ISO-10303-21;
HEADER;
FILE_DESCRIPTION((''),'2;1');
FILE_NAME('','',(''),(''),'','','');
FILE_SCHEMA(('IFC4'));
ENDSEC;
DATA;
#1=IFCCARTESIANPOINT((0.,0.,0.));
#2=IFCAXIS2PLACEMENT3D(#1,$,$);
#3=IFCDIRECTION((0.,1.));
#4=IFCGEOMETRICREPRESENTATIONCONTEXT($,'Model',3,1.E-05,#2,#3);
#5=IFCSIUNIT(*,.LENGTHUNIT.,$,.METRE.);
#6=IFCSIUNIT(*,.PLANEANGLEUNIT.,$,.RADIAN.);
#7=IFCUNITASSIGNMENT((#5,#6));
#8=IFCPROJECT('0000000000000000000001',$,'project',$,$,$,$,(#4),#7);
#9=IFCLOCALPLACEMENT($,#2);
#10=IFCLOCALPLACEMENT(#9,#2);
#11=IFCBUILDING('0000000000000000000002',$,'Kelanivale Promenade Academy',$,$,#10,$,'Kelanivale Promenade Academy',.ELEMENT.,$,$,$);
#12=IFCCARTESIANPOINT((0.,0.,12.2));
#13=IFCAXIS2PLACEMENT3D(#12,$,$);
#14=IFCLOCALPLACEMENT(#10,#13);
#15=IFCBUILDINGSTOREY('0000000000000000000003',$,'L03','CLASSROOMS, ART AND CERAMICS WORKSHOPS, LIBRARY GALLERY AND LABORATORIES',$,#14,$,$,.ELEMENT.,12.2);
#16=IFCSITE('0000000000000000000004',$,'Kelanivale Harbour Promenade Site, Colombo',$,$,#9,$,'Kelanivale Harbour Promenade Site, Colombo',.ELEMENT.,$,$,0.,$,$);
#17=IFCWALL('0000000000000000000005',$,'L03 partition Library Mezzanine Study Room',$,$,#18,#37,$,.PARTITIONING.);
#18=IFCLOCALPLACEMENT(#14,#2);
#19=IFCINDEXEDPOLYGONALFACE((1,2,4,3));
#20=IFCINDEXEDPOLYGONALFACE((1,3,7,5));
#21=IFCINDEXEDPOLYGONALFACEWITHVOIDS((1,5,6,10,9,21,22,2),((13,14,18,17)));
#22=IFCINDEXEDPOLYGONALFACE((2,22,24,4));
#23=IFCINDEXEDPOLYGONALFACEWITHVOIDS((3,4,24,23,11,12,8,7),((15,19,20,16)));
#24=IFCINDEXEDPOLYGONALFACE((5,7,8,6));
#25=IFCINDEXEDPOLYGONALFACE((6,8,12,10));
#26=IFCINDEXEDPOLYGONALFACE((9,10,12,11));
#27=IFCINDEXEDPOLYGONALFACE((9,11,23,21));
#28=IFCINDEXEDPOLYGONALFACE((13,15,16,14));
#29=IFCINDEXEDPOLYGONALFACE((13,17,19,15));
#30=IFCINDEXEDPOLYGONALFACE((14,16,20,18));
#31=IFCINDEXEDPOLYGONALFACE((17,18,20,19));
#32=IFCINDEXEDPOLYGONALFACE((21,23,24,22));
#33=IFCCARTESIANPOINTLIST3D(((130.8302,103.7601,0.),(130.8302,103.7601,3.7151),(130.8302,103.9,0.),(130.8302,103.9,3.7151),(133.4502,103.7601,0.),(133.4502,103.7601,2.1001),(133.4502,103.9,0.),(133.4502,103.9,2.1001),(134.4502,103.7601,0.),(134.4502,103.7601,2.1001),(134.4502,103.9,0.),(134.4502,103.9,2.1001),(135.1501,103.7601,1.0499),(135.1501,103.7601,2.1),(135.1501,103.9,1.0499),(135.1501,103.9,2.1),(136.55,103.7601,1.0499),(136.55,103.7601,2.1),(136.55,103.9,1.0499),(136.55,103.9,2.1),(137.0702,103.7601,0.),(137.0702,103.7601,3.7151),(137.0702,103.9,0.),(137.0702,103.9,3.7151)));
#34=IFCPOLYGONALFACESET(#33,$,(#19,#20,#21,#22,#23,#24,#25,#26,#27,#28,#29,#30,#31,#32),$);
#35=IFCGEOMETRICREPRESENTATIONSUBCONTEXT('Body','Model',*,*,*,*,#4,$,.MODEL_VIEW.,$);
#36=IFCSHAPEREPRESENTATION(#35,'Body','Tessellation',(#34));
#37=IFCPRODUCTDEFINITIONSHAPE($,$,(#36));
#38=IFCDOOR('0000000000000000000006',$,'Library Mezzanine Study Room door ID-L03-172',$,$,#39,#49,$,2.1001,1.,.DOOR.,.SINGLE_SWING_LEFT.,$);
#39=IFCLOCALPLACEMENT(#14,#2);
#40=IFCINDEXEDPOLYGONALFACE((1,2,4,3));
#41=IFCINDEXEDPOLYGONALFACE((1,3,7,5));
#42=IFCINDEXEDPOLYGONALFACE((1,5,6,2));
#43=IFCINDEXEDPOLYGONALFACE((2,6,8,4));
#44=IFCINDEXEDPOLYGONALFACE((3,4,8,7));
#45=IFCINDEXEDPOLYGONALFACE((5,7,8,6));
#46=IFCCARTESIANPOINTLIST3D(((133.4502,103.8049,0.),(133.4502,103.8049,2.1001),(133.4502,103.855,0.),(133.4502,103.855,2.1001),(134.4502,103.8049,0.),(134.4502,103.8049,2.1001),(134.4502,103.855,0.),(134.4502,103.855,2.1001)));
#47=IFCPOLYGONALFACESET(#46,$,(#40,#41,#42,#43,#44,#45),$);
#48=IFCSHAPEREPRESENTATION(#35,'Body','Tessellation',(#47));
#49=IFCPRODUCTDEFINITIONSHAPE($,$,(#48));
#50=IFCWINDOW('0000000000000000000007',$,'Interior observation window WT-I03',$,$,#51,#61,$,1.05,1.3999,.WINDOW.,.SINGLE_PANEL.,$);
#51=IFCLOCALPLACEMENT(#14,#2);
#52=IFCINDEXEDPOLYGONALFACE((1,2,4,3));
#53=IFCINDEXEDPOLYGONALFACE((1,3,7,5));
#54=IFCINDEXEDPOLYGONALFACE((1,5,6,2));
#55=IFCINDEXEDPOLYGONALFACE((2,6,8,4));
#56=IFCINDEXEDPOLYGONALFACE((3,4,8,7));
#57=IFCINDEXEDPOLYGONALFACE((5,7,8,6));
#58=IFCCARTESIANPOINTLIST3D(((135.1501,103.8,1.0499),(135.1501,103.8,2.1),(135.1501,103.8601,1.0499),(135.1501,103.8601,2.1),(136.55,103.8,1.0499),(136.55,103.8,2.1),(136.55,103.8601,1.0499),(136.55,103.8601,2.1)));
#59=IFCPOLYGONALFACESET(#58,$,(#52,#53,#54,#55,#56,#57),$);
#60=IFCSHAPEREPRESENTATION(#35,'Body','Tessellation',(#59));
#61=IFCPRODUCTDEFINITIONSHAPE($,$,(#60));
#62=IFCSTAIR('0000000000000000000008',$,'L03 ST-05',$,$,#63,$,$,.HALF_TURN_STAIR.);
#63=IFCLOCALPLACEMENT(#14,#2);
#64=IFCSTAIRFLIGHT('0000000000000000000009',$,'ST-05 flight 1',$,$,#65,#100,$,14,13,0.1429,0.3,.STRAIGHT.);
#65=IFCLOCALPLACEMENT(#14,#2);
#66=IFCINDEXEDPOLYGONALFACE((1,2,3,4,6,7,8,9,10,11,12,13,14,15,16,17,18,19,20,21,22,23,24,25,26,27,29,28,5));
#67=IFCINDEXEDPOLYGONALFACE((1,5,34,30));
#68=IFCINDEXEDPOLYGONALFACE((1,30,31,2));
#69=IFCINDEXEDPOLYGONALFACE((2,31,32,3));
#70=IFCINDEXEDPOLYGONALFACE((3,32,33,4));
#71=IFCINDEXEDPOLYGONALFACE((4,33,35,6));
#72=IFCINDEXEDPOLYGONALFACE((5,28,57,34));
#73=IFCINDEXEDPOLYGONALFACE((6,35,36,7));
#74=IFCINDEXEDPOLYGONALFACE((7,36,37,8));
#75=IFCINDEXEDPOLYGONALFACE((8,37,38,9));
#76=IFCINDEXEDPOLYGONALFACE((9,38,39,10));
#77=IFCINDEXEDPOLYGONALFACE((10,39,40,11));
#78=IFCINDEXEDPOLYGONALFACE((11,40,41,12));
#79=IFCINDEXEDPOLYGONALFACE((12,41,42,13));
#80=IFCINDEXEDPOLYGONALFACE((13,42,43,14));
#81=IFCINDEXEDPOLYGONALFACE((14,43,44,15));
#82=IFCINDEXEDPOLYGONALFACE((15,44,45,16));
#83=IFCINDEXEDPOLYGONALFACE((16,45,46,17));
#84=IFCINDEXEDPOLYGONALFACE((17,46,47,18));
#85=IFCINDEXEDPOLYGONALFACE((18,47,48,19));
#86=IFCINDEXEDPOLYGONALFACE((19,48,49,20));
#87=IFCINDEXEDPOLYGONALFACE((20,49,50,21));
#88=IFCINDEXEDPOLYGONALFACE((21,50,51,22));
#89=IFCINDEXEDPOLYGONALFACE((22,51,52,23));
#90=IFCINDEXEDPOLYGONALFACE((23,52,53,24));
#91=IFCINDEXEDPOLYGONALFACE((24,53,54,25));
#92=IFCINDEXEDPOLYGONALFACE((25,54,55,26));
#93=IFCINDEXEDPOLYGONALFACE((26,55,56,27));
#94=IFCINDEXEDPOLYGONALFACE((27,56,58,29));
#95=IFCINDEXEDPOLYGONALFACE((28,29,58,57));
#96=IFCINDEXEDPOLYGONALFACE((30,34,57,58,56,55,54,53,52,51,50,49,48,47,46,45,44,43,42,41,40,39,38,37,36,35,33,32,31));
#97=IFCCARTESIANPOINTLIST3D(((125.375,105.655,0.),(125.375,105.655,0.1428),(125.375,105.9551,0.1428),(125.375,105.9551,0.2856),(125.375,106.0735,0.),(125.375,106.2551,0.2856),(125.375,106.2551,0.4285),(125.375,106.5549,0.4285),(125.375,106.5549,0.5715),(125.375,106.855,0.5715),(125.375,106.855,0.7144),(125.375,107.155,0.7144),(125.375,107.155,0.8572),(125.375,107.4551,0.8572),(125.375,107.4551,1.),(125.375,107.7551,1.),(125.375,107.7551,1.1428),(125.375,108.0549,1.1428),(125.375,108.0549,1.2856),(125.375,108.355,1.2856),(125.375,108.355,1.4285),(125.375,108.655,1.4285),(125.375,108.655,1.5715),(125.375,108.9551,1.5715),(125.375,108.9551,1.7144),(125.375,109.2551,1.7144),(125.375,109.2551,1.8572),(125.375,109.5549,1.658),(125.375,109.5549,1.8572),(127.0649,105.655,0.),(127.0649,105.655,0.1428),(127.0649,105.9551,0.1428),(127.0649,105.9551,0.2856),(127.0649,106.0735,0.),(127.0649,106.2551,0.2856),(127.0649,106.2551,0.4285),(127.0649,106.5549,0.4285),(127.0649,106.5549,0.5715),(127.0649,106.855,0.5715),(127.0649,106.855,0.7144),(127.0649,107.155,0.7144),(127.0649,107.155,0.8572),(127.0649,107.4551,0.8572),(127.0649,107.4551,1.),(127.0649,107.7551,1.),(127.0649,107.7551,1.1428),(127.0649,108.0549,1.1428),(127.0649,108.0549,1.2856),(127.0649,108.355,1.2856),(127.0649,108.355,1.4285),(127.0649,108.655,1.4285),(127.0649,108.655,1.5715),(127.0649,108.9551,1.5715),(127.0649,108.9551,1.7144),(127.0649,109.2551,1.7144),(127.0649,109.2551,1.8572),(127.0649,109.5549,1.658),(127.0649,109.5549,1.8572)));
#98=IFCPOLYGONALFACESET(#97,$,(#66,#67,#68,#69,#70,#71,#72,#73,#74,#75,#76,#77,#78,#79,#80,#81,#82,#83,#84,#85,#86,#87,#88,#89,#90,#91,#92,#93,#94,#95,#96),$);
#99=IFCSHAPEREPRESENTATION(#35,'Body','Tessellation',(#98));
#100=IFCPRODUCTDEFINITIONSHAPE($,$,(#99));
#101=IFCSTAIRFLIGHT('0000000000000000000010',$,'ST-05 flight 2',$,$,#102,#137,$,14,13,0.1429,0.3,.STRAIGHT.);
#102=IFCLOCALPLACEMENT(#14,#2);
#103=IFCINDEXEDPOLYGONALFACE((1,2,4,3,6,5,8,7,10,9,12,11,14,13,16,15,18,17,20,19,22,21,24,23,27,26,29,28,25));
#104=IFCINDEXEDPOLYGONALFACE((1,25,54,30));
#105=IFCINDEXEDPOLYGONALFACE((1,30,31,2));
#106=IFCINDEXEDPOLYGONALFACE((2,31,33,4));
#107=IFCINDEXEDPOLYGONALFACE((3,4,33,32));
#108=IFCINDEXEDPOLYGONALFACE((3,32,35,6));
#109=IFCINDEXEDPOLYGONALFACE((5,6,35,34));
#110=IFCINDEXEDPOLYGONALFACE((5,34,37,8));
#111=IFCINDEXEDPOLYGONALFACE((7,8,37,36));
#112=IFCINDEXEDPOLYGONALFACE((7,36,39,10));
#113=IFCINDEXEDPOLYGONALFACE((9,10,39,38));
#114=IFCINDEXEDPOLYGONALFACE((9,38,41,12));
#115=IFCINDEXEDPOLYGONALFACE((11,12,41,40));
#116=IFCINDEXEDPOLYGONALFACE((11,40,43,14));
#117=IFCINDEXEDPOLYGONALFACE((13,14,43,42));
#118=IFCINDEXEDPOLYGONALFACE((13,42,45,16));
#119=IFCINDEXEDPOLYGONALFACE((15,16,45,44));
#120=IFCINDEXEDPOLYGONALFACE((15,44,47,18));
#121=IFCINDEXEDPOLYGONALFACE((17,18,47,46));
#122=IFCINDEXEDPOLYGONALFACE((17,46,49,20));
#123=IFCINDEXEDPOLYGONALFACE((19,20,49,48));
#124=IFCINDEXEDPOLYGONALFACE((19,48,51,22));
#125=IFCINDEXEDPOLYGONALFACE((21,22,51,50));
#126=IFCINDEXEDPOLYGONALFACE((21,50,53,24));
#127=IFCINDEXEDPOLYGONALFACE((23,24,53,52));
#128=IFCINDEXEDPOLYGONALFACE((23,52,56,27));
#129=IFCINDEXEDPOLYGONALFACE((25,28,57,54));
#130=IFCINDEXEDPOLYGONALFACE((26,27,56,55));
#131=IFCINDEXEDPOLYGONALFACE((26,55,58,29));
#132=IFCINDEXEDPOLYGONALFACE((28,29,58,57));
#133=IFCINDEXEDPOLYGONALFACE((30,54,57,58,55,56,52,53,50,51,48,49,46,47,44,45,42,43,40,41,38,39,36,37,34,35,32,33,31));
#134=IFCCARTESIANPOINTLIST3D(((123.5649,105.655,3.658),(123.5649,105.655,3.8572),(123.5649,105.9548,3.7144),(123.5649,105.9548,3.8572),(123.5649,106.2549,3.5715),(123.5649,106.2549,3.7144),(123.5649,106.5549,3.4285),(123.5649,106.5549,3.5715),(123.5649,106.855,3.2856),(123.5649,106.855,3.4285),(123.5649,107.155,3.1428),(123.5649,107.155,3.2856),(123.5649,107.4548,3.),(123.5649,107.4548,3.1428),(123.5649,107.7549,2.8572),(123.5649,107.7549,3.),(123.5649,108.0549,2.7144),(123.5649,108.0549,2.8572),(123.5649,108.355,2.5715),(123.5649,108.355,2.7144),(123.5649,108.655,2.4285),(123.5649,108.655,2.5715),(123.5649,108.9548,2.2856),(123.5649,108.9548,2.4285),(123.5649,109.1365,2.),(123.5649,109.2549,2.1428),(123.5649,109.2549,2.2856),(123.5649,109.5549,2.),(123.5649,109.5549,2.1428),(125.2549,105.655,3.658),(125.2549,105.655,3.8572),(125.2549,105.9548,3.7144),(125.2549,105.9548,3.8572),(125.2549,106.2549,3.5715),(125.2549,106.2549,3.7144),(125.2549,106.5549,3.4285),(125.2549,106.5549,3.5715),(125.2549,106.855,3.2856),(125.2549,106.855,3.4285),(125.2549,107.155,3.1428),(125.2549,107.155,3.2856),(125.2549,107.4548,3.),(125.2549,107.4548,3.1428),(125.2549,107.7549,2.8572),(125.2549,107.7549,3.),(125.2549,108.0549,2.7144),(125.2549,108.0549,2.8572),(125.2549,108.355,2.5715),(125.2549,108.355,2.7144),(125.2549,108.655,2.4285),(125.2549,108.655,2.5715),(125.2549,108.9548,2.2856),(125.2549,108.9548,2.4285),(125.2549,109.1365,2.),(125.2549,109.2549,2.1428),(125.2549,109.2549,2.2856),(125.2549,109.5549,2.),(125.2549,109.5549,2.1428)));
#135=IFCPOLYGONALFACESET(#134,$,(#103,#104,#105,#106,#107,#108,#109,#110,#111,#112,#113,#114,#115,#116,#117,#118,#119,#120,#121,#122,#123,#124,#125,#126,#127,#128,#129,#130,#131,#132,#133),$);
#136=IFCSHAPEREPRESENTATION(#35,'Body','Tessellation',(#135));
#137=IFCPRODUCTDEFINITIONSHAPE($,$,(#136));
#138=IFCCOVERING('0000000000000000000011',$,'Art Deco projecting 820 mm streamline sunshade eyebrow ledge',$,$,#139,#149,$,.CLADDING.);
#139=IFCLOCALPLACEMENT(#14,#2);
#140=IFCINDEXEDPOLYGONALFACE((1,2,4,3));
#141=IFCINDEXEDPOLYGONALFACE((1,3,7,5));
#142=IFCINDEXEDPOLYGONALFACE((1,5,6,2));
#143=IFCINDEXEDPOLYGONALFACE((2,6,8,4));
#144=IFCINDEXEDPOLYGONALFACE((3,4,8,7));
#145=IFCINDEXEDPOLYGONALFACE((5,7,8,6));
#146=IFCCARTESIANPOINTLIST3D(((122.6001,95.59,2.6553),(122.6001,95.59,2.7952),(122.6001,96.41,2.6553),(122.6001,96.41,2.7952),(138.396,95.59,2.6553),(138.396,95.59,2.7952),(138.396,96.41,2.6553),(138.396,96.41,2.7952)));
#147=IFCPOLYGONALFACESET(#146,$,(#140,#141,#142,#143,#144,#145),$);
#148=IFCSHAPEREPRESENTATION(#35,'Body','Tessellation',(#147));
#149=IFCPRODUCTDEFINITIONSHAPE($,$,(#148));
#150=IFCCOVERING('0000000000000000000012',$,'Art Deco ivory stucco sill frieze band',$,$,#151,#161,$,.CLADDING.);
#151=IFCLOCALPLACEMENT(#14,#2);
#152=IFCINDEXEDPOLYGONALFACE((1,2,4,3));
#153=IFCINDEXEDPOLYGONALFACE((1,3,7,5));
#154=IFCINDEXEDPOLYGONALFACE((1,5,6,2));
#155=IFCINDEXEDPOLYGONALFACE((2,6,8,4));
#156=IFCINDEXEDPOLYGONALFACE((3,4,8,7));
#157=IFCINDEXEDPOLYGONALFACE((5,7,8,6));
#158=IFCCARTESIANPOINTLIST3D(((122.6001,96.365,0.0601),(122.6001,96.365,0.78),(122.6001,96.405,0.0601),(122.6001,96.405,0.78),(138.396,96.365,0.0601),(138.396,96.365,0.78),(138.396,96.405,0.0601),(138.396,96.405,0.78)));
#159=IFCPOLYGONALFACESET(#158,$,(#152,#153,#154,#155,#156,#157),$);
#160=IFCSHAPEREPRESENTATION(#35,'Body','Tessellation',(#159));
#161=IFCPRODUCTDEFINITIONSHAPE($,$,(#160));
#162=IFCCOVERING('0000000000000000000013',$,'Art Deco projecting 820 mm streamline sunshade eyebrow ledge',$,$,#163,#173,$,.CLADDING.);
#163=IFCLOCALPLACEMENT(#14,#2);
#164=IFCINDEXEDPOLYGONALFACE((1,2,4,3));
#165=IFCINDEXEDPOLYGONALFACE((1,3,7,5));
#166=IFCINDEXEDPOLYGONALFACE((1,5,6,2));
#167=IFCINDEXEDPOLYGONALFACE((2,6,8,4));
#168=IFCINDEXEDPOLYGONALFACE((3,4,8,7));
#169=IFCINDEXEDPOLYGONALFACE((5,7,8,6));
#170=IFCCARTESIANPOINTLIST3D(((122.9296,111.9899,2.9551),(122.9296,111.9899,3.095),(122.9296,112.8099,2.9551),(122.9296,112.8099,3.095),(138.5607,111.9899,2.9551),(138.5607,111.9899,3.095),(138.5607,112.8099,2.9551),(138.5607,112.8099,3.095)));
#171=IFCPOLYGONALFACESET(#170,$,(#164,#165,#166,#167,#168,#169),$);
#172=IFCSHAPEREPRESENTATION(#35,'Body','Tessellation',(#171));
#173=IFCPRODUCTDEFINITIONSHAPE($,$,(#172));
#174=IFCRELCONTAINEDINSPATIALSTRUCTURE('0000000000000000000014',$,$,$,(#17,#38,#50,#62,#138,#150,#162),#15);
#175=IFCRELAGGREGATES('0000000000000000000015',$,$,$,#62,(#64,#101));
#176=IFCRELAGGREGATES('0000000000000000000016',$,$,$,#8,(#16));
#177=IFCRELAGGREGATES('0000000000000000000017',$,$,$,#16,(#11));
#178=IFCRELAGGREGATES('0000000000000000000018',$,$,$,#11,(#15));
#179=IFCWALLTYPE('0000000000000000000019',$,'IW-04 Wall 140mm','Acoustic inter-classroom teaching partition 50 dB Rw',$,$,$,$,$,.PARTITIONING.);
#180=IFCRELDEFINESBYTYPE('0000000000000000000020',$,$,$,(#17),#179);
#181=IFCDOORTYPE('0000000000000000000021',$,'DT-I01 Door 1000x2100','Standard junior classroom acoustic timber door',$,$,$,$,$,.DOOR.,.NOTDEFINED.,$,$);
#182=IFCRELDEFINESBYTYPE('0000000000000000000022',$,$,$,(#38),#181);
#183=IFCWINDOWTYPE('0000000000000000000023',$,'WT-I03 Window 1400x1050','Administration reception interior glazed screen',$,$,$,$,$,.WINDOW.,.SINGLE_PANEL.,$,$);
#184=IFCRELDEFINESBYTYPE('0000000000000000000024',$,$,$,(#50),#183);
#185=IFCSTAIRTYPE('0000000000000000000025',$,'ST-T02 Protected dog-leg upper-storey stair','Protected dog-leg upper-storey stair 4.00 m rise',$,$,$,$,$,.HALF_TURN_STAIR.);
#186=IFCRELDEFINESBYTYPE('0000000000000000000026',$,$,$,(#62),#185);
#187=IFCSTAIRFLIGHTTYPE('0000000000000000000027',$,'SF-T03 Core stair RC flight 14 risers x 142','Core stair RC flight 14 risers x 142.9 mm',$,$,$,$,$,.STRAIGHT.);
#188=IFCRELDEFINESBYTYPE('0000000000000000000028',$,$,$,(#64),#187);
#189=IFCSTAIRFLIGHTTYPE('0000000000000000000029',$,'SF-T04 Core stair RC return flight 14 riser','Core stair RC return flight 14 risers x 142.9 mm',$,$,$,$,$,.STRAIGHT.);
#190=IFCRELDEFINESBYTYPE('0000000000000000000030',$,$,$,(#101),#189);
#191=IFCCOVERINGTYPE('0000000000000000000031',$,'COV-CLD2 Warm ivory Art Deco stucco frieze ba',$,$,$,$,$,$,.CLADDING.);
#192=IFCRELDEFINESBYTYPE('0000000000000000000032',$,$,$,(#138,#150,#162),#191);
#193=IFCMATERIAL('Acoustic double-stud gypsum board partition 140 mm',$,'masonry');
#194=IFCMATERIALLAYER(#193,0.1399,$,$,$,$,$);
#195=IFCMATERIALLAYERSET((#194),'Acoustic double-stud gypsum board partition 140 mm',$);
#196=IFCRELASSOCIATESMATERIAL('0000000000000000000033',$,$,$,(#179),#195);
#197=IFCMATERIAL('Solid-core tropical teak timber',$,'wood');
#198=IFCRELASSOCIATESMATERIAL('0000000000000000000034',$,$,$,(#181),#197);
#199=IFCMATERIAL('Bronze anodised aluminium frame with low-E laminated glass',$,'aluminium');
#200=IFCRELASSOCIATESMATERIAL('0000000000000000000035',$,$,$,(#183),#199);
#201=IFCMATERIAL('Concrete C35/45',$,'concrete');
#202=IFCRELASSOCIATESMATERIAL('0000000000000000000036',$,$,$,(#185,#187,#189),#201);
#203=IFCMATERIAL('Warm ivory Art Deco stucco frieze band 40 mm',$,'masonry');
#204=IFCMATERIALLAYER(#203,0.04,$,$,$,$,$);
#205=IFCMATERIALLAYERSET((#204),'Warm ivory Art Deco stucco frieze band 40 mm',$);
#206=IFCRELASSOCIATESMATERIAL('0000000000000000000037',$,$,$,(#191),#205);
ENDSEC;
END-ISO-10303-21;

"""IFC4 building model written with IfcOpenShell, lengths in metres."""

from ifc_helpers import new_model, si_unit, direction, frame, frame_2d, origin, origin_2d, place, context, subcontext, project, spatial, polyline, rectangle, outline, extrude, material, layer, layer_set, type_object, element, fill, aggregate, save


model = new_model("IFC4")

# Units and contexts
model_context = context("Model", 3, precision=1e-05, world=origin(), true_north=direction((0.0, 1.0)))
body_context = subcontext(model_context, "Body", "Model", "MODEL_VIEW")
ifc_project = project(units=[si_unit("LENGTHUNIT", "METRE"), si_unit("PLANEANGLEUNIT", "RADIAN")], contexts=[model_context])

# Site, building, storey
site_placement = place(None, origin())
site = spatial("IfcSite", under=ifc_project, at=site_placement, Name="Kelanivale Harbour Promenade Site, Colombo", LongName="Kelanivale Harbour Promenade Site, Colombo", CompositionType="ELEMENT", RefElevation=0.0)
building_placement = place(site_placement, origin())
building = spatial("IfcBuilding", under=site, at=building_placement, Name="Kelanivale Promenade Academy", LongName="Kelanivale Promenade Academy", CompositionType="ELEMENT")
storey_placement = place(building_placement, frame((0.0, 0.0, 12.2)))
storey = spatial("IfcBuildingStorey", under=building, at=storey_placement, Name="L03", Description="CLASSROOMS, ART AND CERAMICS WORKSHOPS, LIBRARY GALLERY AND LABORATORIES", CompositionType="ELEMENT", Elevation=12.2)

# Shared definitions
ifc_material_1 = material(Name="Concrete C35/45", Category="concrete")

# Wall, openings, door, window
ifc_material_2 = material(Name="Acoustic double-stud gypsum board partition 140 mm", Category="masonry")
ifc_layer_1 = layer(ifc_material_2, 0.1399)
ifc_layer_set_1 = layer_set([ifc_layer_1], Name="Acoustic double-stud gypsum board partition 140 mm")
wall_type_1 = type_object("IfcWallType", Name="IW-04 Wall 140mm", Description="Acoustic inter-classroom teaching partition 50 dB Rw", PredefinedType="PARTITIONING", material=ifc_layer_set_1)
wall_1_placement = place(storey_placement, frame((130.8301, 103.8301, 0.0), z_axis=(0.0, 0.0, 1.0), x_axis=(1.0, 0.0, 0.0)))
wall_1 = element("IfcWall", 1, at=wall_1_placement, inside=storey, type_object=wall_type_1, Name="L03 partition Library Mezzanine Study Room", PredefinedType="PARTITIONING", context=body_context, shape_type="SweptSolid", body=[
    extrude(rectangle(XDim=6.24, YDim=0.1399, at=frame_2d((3.1201, 0.0))), origin(), (0.0, 0.0, 1.0), 3.7151),
])
opening_1_placement = place(wall_1_placement, frame((2.6201, 0.0, 0.0)))
opening_1 = element("IfcOpeningElement", 2, at=opening_1_placement, cuts=wall_1, PredefinedType="OPENING", context=body_context, shape_type="SweptSolid", body=[
    extrude(rectangle(XDim=1.0, YDim=2.1001, at=frame_2d((0.5, 1.05))), frame((0.0, 0.0801, 0.0), z_axis=(0.0, -1.0, 0.0), x_axis=(1.0, 0.0, 0.0)), (0.0, 0.0, 1.0), 0.1599),
])
opening_2_placement = place(wall_1_placement, frame((4.3201, 0.0, 1.05)))
opening_2 = element("IfcOpeningElement", 3, at=opening_2_placement, cuts=wall_1, PredefinedType="OPENING", context=body_context, shape_type="SweptSolid", body=[
    extrude(rectangle(XDim=1.3999, YDim=1.05, at=frame_2d((0.7, 0.5249))), frame((0.0, 0.0801, 0.0), z_axis=(0.0, -1.0, 0.0), x_axis=(1.0, 0.0, 0.0)), (0.0, 0.0, 1.0), 0.1599),
])
ifc_material_3 = material(Name="Solid-core tropical teak timber", Category="wood")
door_type_1 = type_object("IfcDoorType", Name="DT-I01 Door 1000x2100", Description="Standard junior classroom acoustic timber door", OperationType="NOTDEFINED", PredefinedType="DOOR", material=ifc_material_3)
door_1_placement = place(opening_1_placement, origin())
door_1 = element("IfcDoor", 4, at=door_1_placement, inside=storey, type_object=door_type_1, Name="Library Mezzanine Study Room door ID-L03-172", OperationType="SINGLE_SWING_LEFT", OverallHeight=2.1001, OverallWidth=1.0, PredefinedType="DOOR", context=body_context, shape_type="SweptSolid", body=[
    extrude(rectangle(XDim=1.0, YDim=2.1001, at=frame_2d((0.5, 1.05))), frame((0.0, 0.0249, 0.0), z_axis=(0.0, -1.0, 0.0), x_axis=(1.0, 0.0, 0.0)), (0.0, 0.0, 1.0), 0.05),
])
fill(opening_1, door_1)
ifc_material_4 = material(Name="Bronze anodised aluminium frame with low-E laminated glass", Category="aluminium")
window_type = type_object("IfcWindowType", Name="WT-I03 Window 1400x1050", Description="Administration reception interior glazed screen", PartitioningType="SINGLE_PANEL", PredefinedType="WINDOW", material=ifc_material_4)
window_placement = place(opening_2_placement, origin())
window = element("IfcWindow", 5, at=window_placement, inside=storey, type_object=window_type, Name="Interior observation window WT-I03", OverallHeight=1.05, OverallWidth=1.3999, PartitioningType="SINGLE_PANEL", PredefinedType="WINDOW", context=body_context, shape_type="SweptSolid", body=[
    extrude(rectangle(XDim=1.3999, YDim=1.05, at=frame_2d((0.7, 0.5249))), frame((0.0, 0.03, 0.0), z_axis=(0.0, -1.0, 0.0), x_axis=(1.0, 0.0, 0.0)), (0.0, 0.0, 1.0), 0.0601),
])
fill(opening_2, window)

# Stair, stair flights
stair_type = type_object("IfcStairType", Name="ST-T02 Protected dog-leg upper-storey stair", Description="Protected dog-leg upper-storey stair 4.00 m rise", PredefinedType="HALF_TURN_STAIR", material=ifc_material_1)
stair_placement = place(storey_placement, origin())
stair = element("IfcStair", 6, at=stair_placement, inside=storey, type_object=stair_type, Name="L03 ST-05", PredefinedType="HALF_TURN_STAIR")
stair_flight_type_1 = type_object("IfcStairFlightType", Name="SF-T03 Core stair RC flight 14 risers x 142", Description="Core stair RC flight 14 risers x 142.9 mm", PredefinedType="STRAIGHT", material=ifc_material_1)
stair_flight_1_placement = place(storey_placement, frame((126.22, 105.655, 0.0), z_axis=(0.0, 0.0, 1.0), x_axis=(0.0, 1.0, 0.0)))
stair_flight_1 = element("IfcStairFlight", 7, at=stair_flight_1_placement, type_object=stair_flight_type_1, Name="ST-05 flight 1", NumberOfRisers=14, NumberOfTreads=13, PredefinedType="STRAIGHT", RiserHeight=0.1429, TreadLength=0.3, context=body_context, shape_type="SweptSolid", body=[
    extrude(outline(polyline([(0.0, 0.0), (0.0, 0.1428), (0.3, 0.1428), (0.3, 0.2856), (0.6001, 0.2856), (0.6001, 0.4285), (0.8999, 0.4285), (0.8999, 0.5715), (1.2, 0.5715), (1.2, 0.7144), (1.5, 0.7144), (1.5, 0.8572), (1.8, 0.8572), (1.8, 1.0), (2.1001, 1.0), (2.1001, 1.1428), (2.3999, 1.1428), (2.3999, 1.2856), (2.7, 1.2856), (2.7, 1.4285), (3.0, 1.4285), (3.0, 1.5715), (3.3, 1.5715), (3.3, 1.7144), (3.6001, 1.7144), (3.6001, 1.8572), (3.8999, 1.8572), (3.8999, 2.0), (3.8999, 1.658), (0.4185, 0.0), (0.0, 0.0)])), frame((0.0, 0.845, 0.0), z_axis=(0.0, -1.0, 0.0), x_axis=(1.0, 0.0, 0.0)), (0.0, 0.0, 1.0), 1.6899),
])
stair_flight_type_2 = type_object("IfcStairFlightType", Name="SF-T04 Core stair RC return flight 14 riser", Description="Core stair RC return flight 14 risers x 142.9 mm", PredefinedType="STRAIGHT", material=ifc_material_1)
stair_flight_2_placement = place(storey_placement, frame((124.4099, 109.5549, 2.0), z_axis=(0.0, 0.0, 1.0), x_axis=(0.0, -1.0, 0.0)))
stair_flight_2 = element("IfcStairFlight", 8, at=stair_flight_2_placement, type_object=stair_flight_type_2, Name="ST-05 flight 2", NumberOfRisers=14, NumberOfTreads=13, PredefinedType="STRAIGHT", RiserHeight=0.1429, TreadLength=0.3, context=body_context, shape_type="SweptSolid", body=[
    extrude(outline(polyline([(0.0, 0.0), (0.0, 0.1428), (0.3, 0.1428), (0.3, 0.2856), (0.6001, 0.2856), (0.6001, 0.4285), (0.8999, 0.4285), (0.8999, 0.5715), (1.2, 0.5715), (1.2, 0.7144), (1.5, 0.7144), (1.5, 0.8572), (1.8, 0.8572), (1.8, 1.0), (2.1001, 1.0), (2.1001, 1.1428), (2.3999, 1.1428), (2.3999, 1.2856), (2.7, 1.2856), (2.7, 1.4285), (3.0, 1.4285), (3.0, 1.5715), (3.3, 1.5715), (3.3, 1.7144), (3.6001, 1.7144), (3.6001, 1.8572), (3.8999, 1.8572), (3.8999, 2.0), (3.8999, 1.658), (0.4185, 0.0), (0.0, 0.0)])), frame((0.0, 0.845, 0.0), z_axis=(0.0, -1.0, 0.0), x_axis=(1.0, 0.0, 0.0)), (0.0, 0.0, 1.0), 1.6899),
])
aggregate(stair, [stair_flight_1, stair_flight_2])

# Coverings
ifc_material_5 = material(Name="Warm ivory Art Deco stucco frieze band 40 mm", Category="masonry")
ifc_layer_2 = layer(ifc_material_5, 0.04)
ifc_layer_set_2 = layer_set([ifc_layer_2], Name="Warm ivory Art Deco stucco frieze band 40 mm")
covering_type = type_object("IfcCoveringType", Name="COV-CLD2 Warm ivory Art Deco stucco frieze ba", PredefinedType="CLADDING", material=ifc_layer_set_2)
covering_1_placement = place(storey_placement, frame((130.498, 96.0, 2.6553), z_axis=(0.0, 0.0, 1.0), x_axis=(1.0, 0.0, 0.0)))
element("IfcCovering", 9, at=covering_1_placement, inside=storey, type_object=covering_type, Name="Art Deco projecting 820 mm streamline sunshade eyebrow ledge", PredefinedType="CLADDING", context=body_context, shape_type="SweptSolid", body=[
    extrude(rectangle(XDim=15.7959, YDim=0.8201, at=origin_2d()), origin(), (0.0, 0.0, 1.0), 0.1399),
])
covering_2_placement = place(storey_placement, frame((130.498, 96.385, 0.0601), z_axis=(0.0, 0.0, 1.0), x_axis=(1.0, 0.0, 0.0)))
element("IfcCovering", 10, at=covering_2_placement, inside=storey, type_object=covering_type, Name="Art Deco ivory stucco sill frieze band", PredefinedType="CLADDING", context=body_context, shape_type="SweptSolid", body=[
    extrude(rectangle(XDim=15.7959, YDim=0.04, at=origin_2d()), origin(), (0.0, 0.0, 1.0), 0.72),
])
covering_3_placement = place(storey_placement, frame((130.7451, 112.3999, 2.9551), z_axis=(0.0, 0.0, 1.0), x_axis=(-1.0, 0.0, 0.0)))
element("IfcCovering", 11, at=covering_3_placement, inside=storey, type_object=covering_type, Name="Art Deco projecting 820 mm streamline sunshade eyebrow ledge", PredefinedType="CLADDING", context=body_context, shape_type="SweptSolid", body=[
    extrude(rectangle(XDim=15.6311, YDim=0.8201, at=origin_2d()), origin(), (0.0, 0.0, 1.0), 0.1399),
])

save(model, "model.ifc")
